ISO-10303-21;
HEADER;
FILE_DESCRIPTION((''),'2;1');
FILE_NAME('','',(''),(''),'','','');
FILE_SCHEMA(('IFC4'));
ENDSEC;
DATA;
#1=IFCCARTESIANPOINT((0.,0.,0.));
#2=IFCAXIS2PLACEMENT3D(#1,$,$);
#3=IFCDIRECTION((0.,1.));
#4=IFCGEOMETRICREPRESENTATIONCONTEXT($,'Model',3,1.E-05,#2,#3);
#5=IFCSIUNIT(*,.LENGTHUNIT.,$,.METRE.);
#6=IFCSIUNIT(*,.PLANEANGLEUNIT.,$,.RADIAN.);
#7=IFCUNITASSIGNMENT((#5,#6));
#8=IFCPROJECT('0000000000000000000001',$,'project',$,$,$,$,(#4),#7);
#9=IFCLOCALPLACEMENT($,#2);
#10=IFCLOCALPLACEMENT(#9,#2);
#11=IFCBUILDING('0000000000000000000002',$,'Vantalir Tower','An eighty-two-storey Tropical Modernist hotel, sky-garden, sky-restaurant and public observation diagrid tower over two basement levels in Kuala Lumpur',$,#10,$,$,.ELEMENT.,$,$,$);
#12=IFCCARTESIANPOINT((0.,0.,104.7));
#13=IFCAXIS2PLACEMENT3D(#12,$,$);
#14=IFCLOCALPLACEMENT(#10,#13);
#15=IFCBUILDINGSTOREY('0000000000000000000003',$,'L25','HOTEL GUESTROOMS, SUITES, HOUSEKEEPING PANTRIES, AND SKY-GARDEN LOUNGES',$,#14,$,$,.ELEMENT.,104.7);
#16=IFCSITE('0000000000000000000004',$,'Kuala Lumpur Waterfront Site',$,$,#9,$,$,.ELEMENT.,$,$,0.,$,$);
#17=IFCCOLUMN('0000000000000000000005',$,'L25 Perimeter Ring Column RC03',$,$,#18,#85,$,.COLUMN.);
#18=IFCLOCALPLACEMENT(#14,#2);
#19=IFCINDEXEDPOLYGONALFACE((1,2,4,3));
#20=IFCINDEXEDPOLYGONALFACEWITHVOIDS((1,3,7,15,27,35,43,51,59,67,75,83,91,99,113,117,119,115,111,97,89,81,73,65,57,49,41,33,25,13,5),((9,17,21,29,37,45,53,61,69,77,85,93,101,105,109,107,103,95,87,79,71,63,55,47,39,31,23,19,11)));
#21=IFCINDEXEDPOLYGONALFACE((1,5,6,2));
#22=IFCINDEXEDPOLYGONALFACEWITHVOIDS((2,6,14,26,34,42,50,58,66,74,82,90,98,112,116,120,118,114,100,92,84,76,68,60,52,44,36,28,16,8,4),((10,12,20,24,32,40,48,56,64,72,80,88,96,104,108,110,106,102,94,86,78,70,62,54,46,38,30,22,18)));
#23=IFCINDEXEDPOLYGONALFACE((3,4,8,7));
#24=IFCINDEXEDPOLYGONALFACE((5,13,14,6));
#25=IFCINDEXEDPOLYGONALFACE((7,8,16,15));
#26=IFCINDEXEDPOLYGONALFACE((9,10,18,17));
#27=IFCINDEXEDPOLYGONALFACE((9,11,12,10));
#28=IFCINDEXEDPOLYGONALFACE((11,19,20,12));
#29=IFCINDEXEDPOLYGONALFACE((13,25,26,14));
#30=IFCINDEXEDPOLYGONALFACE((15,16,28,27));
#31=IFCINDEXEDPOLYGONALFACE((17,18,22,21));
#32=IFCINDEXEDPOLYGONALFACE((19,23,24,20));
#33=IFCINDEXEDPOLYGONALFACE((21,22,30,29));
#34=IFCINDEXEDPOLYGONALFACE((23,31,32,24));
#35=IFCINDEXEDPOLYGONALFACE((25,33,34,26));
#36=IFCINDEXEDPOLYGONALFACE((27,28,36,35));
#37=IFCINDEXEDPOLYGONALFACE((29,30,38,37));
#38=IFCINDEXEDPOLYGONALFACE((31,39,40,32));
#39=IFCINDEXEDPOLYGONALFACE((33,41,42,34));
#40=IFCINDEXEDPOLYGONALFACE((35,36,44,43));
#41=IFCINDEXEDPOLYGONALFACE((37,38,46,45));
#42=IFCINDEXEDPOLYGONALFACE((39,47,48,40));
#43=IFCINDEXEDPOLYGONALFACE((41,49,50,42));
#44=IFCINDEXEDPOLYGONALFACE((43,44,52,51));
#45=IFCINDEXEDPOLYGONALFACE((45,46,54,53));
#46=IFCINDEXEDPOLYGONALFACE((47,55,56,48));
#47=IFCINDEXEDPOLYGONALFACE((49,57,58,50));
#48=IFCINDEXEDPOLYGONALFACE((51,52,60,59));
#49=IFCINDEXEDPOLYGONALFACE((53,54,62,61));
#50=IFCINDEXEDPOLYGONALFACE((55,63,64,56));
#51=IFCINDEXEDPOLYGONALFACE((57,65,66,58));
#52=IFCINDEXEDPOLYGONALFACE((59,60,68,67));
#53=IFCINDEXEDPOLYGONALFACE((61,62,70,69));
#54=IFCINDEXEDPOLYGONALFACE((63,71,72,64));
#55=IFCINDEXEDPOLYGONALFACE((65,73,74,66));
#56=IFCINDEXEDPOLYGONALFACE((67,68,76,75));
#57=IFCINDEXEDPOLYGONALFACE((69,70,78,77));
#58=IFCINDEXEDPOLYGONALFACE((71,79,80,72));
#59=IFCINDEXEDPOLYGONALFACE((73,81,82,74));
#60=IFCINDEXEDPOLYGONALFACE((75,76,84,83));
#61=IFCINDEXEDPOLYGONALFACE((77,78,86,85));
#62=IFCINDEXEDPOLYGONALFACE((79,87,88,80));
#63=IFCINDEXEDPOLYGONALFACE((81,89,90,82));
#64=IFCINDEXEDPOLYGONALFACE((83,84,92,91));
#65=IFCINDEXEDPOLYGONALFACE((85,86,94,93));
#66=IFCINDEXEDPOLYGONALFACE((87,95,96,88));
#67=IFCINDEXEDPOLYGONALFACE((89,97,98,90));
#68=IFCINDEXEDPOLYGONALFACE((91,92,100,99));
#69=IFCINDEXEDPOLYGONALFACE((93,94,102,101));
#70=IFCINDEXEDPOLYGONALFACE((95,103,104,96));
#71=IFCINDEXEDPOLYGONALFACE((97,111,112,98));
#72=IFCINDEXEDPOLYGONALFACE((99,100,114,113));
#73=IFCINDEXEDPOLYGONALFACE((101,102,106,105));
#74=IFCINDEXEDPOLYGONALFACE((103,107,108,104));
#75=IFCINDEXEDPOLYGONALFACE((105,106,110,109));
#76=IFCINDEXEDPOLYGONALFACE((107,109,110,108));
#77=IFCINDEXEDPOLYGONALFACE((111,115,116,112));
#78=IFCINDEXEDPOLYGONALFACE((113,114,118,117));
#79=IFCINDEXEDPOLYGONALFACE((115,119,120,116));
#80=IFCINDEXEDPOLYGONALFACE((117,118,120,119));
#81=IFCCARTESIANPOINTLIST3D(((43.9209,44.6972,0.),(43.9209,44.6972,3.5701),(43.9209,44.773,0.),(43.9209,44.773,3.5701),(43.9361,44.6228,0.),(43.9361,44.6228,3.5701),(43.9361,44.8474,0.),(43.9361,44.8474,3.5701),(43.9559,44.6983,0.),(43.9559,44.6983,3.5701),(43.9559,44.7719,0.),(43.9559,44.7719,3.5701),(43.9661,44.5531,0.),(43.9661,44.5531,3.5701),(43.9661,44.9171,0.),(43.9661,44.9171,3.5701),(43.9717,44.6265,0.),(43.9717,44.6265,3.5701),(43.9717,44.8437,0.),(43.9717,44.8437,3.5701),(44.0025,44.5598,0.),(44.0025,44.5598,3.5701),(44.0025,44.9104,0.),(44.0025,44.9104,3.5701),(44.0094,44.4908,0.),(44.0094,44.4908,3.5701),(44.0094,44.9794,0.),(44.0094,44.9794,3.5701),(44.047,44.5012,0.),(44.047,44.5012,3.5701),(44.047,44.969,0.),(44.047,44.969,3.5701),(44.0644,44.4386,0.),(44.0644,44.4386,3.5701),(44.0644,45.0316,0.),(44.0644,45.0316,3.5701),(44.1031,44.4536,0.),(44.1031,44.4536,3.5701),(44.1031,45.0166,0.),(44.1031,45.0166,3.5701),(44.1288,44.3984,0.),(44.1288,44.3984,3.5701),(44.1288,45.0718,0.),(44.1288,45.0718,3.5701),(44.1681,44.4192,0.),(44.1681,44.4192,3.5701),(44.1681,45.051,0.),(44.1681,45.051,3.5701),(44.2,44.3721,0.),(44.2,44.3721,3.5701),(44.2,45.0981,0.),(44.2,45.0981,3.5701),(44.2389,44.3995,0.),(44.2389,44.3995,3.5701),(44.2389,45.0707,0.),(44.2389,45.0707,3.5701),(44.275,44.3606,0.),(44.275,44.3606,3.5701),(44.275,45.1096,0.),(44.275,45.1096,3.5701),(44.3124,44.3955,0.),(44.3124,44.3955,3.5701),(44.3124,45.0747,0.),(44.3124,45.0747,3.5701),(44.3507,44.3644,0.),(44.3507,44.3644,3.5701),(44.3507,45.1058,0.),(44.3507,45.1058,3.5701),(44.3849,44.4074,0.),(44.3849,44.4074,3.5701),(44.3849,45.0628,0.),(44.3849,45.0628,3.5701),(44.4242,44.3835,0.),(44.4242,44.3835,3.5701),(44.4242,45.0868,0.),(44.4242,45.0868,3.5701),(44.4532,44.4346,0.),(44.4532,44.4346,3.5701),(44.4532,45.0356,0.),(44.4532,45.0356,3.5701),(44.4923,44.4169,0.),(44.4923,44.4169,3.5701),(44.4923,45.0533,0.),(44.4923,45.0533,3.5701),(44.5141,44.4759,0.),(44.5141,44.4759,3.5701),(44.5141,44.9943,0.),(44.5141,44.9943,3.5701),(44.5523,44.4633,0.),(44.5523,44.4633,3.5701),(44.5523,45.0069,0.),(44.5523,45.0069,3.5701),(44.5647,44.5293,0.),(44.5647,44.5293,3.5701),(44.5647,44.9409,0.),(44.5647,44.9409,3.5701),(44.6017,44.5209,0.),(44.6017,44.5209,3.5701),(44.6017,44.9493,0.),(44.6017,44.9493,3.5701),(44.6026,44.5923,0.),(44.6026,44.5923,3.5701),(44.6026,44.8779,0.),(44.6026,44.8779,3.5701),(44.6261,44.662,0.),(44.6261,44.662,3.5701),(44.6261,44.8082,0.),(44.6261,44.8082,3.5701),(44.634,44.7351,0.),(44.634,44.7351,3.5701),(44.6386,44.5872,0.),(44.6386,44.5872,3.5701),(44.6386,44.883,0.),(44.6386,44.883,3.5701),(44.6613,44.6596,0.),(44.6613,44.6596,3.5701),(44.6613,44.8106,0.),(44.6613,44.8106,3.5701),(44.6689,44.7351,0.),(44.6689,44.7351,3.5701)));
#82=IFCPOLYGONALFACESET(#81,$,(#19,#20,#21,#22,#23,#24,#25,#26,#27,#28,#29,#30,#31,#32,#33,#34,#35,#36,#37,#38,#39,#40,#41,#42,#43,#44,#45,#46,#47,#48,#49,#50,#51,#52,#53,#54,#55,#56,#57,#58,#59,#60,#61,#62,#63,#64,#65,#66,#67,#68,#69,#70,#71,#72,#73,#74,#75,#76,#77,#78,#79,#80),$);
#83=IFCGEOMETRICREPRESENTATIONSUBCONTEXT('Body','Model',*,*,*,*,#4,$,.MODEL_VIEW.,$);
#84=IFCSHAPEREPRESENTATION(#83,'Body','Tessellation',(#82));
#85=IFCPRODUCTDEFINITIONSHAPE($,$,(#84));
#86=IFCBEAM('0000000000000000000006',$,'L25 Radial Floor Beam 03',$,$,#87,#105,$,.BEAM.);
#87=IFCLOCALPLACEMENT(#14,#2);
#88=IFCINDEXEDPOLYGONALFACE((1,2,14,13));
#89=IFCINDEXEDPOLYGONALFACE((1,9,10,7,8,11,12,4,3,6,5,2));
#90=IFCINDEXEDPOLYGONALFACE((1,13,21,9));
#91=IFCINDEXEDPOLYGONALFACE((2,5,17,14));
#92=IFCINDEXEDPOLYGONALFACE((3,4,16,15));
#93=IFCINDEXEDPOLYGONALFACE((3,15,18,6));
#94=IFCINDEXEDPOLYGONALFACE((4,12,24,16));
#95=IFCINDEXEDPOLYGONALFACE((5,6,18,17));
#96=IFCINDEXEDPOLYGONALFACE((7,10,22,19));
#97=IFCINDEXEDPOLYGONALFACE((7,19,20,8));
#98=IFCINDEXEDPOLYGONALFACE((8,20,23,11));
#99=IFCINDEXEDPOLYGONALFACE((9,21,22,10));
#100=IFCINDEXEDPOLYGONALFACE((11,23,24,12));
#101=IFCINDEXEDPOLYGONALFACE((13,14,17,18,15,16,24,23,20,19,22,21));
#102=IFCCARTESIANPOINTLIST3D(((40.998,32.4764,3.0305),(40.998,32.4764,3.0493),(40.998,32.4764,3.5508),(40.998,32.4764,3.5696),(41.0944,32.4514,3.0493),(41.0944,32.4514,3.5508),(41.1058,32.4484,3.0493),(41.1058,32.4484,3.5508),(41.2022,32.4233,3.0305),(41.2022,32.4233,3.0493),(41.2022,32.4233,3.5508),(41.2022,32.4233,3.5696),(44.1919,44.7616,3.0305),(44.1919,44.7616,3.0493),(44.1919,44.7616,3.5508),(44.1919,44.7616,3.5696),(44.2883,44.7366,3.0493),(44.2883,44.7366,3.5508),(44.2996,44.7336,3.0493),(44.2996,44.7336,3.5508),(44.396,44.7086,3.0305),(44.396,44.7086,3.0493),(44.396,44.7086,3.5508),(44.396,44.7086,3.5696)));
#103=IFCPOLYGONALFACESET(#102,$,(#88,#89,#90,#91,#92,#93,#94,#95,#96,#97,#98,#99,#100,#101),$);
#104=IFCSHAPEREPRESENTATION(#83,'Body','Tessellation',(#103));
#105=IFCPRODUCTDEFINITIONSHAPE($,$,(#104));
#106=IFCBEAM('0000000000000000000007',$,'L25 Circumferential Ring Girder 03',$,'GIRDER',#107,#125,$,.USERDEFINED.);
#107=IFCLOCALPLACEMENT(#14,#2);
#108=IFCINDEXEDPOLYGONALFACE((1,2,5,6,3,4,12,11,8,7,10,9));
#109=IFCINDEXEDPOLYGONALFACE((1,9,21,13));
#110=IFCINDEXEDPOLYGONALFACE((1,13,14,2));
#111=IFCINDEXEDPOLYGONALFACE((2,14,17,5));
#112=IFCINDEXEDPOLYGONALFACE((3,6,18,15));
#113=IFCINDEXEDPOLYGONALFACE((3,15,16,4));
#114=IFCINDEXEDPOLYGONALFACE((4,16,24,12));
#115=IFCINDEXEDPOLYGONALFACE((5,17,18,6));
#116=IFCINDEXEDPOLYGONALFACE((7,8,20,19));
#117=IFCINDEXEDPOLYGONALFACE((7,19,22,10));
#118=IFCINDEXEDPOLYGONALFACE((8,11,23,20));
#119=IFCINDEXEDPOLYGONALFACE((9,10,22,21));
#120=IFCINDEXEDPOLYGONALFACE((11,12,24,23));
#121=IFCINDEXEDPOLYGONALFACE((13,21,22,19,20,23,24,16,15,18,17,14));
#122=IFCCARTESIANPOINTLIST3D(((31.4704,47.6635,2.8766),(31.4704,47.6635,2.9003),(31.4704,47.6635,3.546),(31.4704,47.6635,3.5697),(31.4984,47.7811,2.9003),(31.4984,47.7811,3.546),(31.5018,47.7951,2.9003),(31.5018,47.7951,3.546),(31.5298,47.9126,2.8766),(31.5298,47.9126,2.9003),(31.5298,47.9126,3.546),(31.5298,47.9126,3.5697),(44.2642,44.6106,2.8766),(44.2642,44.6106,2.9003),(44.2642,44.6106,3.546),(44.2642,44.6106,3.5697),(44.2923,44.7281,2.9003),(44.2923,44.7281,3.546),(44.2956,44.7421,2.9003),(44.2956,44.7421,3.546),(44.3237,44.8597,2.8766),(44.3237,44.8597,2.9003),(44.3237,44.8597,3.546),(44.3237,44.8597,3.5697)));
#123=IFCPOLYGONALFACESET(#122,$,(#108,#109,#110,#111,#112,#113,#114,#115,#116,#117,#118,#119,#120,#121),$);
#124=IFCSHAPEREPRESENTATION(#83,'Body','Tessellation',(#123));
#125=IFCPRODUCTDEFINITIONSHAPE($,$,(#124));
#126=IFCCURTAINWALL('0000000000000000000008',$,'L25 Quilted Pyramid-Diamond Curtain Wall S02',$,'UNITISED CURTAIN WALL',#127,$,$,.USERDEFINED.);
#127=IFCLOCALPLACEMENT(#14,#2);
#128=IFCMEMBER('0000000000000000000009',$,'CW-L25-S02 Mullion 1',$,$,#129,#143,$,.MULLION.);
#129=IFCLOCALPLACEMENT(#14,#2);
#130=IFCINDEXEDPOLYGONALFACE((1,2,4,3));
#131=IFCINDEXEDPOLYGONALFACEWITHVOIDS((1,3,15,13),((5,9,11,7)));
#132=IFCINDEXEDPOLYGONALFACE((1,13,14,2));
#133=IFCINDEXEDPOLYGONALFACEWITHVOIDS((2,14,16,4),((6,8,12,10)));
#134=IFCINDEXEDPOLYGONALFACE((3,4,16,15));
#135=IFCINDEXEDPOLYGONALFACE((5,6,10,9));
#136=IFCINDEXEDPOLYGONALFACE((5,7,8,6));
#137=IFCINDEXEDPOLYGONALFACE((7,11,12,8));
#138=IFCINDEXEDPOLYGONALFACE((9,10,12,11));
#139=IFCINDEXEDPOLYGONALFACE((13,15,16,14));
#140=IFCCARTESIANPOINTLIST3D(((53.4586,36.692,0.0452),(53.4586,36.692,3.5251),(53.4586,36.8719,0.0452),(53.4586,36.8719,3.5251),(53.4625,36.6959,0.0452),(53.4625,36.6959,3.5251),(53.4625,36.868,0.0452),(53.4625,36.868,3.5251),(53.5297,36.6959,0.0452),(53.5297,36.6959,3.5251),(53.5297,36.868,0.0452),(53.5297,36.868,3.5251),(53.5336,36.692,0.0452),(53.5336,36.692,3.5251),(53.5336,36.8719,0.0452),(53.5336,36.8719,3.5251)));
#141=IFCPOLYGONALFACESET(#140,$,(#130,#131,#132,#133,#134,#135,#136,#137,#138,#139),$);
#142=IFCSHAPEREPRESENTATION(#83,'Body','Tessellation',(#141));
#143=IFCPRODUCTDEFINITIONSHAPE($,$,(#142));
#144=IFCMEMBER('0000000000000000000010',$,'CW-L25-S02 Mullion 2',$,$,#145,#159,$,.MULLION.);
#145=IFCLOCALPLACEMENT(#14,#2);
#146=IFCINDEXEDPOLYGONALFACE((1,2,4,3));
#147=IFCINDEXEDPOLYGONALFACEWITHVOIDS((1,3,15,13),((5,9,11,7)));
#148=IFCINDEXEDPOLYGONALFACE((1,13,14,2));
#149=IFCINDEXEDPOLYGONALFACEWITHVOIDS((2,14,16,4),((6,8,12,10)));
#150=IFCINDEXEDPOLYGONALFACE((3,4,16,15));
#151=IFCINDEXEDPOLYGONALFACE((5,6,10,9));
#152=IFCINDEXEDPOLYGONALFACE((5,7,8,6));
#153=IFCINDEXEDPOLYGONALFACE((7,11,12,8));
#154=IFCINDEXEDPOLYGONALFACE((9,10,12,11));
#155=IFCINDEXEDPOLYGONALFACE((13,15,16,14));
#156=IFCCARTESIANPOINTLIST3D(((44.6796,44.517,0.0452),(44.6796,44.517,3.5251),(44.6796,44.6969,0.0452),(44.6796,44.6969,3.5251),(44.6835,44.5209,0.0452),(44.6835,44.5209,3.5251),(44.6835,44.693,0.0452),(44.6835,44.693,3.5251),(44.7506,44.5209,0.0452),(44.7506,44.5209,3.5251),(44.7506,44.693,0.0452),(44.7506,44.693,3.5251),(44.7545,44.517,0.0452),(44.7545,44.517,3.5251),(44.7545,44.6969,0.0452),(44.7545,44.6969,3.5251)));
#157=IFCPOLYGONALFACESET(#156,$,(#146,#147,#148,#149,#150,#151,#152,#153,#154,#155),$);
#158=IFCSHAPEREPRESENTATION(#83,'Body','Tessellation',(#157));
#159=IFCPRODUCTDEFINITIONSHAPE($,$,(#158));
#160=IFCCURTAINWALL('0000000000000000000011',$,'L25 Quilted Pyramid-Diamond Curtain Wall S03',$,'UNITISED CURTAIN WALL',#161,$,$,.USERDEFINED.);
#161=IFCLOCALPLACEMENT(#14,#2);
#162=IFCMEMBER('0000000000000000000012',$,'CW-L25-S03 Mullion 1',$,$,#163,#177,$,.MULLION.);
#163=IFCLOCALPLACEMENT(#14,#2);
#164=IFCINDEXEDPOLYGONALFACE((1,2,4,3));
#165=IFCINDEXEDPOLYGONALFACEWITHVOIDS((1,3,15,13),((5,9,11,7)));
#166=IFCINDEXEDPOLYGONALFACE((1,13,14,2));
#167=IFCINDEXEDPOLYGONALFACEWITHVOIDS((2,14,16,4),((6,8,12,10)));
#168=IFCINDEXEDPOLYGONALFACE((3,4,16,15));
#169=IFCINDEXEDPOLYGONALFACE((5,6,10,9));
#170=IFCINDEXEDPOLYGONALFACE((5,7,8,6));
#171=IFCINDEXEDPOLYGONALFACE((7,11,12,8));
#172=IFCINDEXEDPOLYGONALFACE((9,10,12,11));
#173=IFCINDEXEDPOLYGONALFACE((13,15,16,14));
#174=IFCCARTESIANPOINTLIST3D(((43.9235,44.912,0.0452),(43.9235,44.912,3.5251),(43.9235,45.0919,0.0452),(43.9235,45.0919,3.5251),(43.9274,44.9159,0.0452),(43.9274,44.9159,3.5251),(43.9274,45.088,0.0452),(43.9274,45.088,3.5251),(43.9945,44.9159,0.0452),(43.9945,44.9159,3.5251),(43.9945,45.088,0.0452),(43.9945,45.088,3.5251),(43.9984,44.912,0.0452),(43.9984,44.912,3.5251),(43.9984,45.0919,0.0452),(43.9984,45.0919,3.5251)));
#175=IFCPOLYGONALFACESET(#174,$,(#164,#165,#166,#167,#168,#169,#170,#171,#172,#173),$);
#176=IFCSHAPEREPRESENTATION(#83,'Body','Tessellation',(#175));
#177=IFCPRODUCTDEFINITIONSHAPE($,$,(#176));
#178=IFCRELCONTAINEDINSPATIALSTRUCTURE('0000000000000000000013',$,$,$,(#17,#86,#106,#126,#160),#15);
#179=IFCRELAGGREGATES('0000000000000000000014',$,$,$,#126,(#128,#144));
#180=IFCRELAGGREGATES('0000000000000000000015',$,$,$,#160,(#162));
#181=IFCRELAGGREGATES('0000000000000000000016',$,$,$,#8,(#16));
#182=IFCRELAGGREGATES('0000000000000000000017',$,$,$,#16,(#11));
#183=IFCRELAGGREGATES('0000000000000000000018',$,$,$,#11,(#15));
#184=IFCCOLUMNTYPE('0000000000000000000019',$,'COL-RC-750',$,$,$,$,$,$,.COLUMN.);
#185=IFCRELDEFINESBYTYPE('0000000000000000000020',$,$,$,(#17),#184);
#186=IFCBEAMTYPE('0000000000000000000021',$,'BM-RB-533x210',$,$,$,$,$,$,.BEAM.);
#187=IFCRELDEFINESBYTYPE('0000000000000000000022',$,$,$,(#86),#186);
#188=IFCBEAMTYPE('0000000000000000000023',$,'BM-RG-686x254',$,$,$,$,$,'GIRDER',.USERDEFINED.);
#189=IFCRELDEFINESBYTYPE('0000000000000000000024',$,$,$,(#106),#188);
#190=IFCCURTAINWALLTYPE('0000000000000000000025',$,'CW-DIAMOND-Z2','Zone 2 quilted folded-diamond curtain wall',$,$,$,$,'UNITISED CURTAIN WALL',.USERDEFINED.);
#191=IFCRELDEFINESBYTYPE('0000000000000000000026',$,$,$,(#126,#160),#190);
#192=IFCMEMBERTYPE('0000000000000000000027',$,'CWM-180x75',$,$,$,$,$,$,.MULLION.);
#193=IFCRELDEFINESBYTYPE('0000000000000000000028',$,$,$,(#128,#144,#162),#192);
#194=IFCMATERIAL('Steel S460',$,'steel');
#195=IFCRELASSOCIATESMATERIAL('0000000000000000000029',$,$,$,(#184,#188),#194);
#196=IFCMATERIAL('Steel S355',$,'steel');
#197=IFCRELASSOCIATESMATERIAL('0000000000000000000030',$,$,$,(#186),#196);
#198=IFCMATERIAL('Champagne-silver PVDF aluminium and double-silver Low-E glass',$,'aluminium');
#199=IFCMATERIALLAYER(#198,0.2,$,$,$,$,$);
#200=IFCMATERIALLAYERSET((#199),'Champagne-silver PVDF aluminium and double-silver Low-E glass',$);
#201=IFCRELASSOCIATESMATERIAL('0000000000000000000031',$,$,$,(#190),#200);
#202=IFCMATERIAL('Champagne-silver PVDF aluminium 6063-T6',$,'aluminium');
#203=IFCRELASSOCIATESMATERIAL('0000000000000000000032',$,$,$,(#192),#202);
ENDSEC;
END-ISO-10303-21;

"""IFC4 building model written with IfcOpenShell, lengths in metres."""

from ifc_helpers import new_model, si_unit, direction, frame, origin, origin_2d, place, context, subcontext, project, spatial, hollow_rectangle, hollow_circle, i_section, extrude, material, layer, layer_set, material_profile, profile_set, type_object, element, aggregate, save


model = new_model("IFC4")

# Units and contexts
model_context = context("Model", 3, precision=1e-05, world=origin(), true_north=direction((0.0, 1.0)))
body_context = subcontext(model_context, "Body", "Model", "MODEL_VIEW")
ifc_project = project(units=[si_unit("LENGTHUNIT", "METRE"), si_unit("PLANEANGLEUNIT", "RADIAN")], contexts=[model_context])

# Site, building, storey
site_placement = place(None, origin())
site = spatial("IfcSite", under=ifc_project, at=site_placement, Name="Kuala Lumpur Waterfront Site", CompositionType="ELEMENT", RefElevation=0.0)
building_placement = place(site_placement, origin())
building = spatial("IfcBuilding", under=site, at=building_placement, Name="Vantalir Tower", Description="An eighty-two-storey Tropical Modernist hotel, sky-garden, sky-restaurant and public observation diagrid tower over two basement levels in Kuala Lumpur", CompositionType="ELEMENT")
storey_placement = place(building_placement, frame((0.0, 0.0, 104.7)))
storey = spatial("IfcBuildingStorey", under=building, at=storey_placement, Name="L25", Description="HOTEL GUESTROOMS, SUITES, HOUSEKEEPING PANTRIES, AND SKY-GARDEN LOUNGES", CompositionType="ELEMENT", Elevation=104.7)

# Column
ifc_material_1 = material(Name="Steel S460", Category="steel")
ifc_material_profile_1 = material_profile(ifc_material_1, hollow_circle(Radius=0.375, WallThickness=0.0349, at=origin_2d()), Name="Steel S460")
ifc_profile_set_1 = profile_set([ifc_material_profile_1], Name="Steel S460")
column_type = type_object("IfcColumnType", Name="COL-RC-750", PredefinedType="COLUMN", material=ifc_profile_set_1)
column_placement = place(storey_placement, frame((44.2939, 44.7351, 0.0), z_axis=(0.0, 0.0, 1.0), x_axis=(1.0, 0.0, 0.0)))
element("IfcColumn", 1, at=column_placement, inside=storey, type_object=column_type, Name="L25 Perimeter Ring Column RC03", PredefinedType="COLUMN", context=body_context, shape_type="SweptSolid", body=[
    extrude(hollow_circle(Radius=0.375, WallThickness=0.0349, at=origin_2d()), origin(), (0.0, 0.0, 1.0), 3.5701),
])

# Beams
ifc_material_2 = material(Name="Steel S355", Category="steel")
ifc_material_profile_2 = material_profile(ifc_material_2, i_section(OverallWidth=0.2109, OverallDepth=0.5391, WebThickness=0.0117, FlangeThickness=0.0188, at=origin_2d()), Name="Steel S355")
ifc_profile_set_2 = profile_set([ifc_material_profile_2], Name="Steel S355")
beam_type_1 = type_object("IfcBeamType", Name="BM-RB-533x210", PredefinedType="BEAM", material=ifc_profile_set_2)
beam_1_placement = place(storey_placement, frame((44.2939, 44.7351, 3.3), z_axis=(-0.251612, -0.967828, 0.0), x_axis=(0.967828, -0.251612, 0.0)))
element("IfcBeam", 2, at=beam_1_placement, inside=storey, type_object=beam_type_1, Name="L25 Radial Floor Beam 03", PredefinedType="BEAM", context=body_context, shape_type="SweptSolid", body=[
    extrude(i_section(OverallWidth=0.2109, OverallDepth=0.5391, WebThickness=0.0117, FlangeThickness=0.0188, at=origin_2d()), origin(), (0.0, 0.0, 1.0), 12.6936),
])
ifc_material_profile_3 = material_profile(ifc_material_1, i_section(OverallWidth=0.2561, OverallDepth=0.6931, WebThickness=0.0144, FlangeThickness=0.0237, at=origin_2d()), Name="Steel S460")
ifc_profile_set_3 = profile_set([ifc_material_profile_3], Name="Steel S460")
beam_type_2 = type_object("IfcBeamType", Name="BM-RG-686x254", ElementType="GIRDER", PredefinedType="USERDEFINED", material=ifc_profile_set_3)
beam_2_placement = place(storey_placement, frame((44.2939, 44.7351, 3.2231), z_axis=(-0.97269, 0.23211, 0.0), x_axis=(-0.23211, -0.97269, 0.0)))
element("IfcBeam", 3, at=beam_2_placement, inside=storey, type_object=beam_type_2, Name="L25 Circumferential Ring Girder 03", ObjectType="GIRDER", PredefinedType="USERDEFINED", context=body_context, shape_type="SweptSolid", body=[
    extrude(i_section(OverallWidth=0.2561, OverallDepth=0.6931, WebThickness=0.0144, FlangeThickness=0.0237, at=origin_2d()), origin(), (0.0, 0.0, 1.0), 13.1531),
])

# Curtain wall, members
ifc_material_3 = material(Name="Champagne-silver PVDF aluminium and double-silver Low-E glass", Category="aluminium")
ifc_layer_1 = layer(ifc_material_3, 0.2)
ifc_layer_set_1 = layer_set([ifc_layer_1], Name="Champagne-silver PVDF aluminium and double-silver Low-E glass")
curtain_wall_type = type_object("IfcCurtainWallType", Name="CW-DIAMOND-Z2", Description="Zone 2 quilted folded-diamond curtain wall", ElementType="UNITISED CURTAIN WALL", PredefinedType="USERDEFINED", material=ifc_layer_set_1)
curtain_wall_1_placement = place(storey_placement, origin())
curtain_wall_1 = element("IfcCurtainWall", 4, at=curtain_wall_1_placement, inside=storey, type_object=curtain_wall_type, Name="L25 Quilted Pyramid-Diamond Curtain Wall S02", ObjectType="UNITISED CURTAIN WALL", PredefinedType="USERDEFINED")
ifc_material_4 = material(Name="Champagne-silver PVDF aluminium 6063-T6", Category="aluminium")
ifc_material_profile_4 = material_profile(ifc_material_4, hollow_rectangle(XDim=0.075, YDim=0.1799, WallThickness=0.0039, at=origin_2d()), Name="Champagne-silver PVDF aluminium 6063-T6")
ifc_profile_set_4 = profile_set([ifc_material_profile_4], Name="Champagne-silver PVDF aluminium 6063-T6")
member_type_1 = type_object("IfcMemberType", Name="CWM-180x75", PredefinedType="MULLION", material=ifc_profile_set_4)
member_1_placement = place(storey_placement, frame((53.4961, 36.782, 0.0452), z_axis=(0.0, 0.0, 1.0), x_axis=(1.0, 0.0, 0.0)))
member_1 = element("IfcMember", 5, at=member_1_placement, type_object=member_type_1, Name="CW-L25-S02 Mullion 1", PredefinedType="MULLION", context=body_context, shape_type="SweptSolid", body=[
    extrude(hollow_rectangle(XDim=0.075, YDim=0.1799, WallThickness=0.0039, at=origin_2d()), origin(), (0.0, 0.0, 1.0), 3.48),
])
member_2_placement = place(storey_placement, frame((44.717, 44.6069, 0.0452), z_axis=(0.0, 0.0, 1.0), x_axis=(1.0, 0.0, 0.0)))
member_2 = element("IfcMember", 6, at=member_2_placement, type_object=member_type_1, Name="CW-L25-S02 Mullion 2", PredefinedType="MULLION", context=body_context, shape_type="SweptSolid", body=[
    extrude(hollow_rectangle(XDim=0.075, YDim=0.1799, WallThickness=0.0039, at=origin_2d()), origin(), (0.0, 0.0, 1.0), 3.48),
])

# Curtain wall, member
curtain_wall_2_placement = place(storey_placement, origin())
curtain_wall_2 = element("IfcCurtainWall", 7, at=curtain_wall_2_placement, inside=storey, type_object=curtain_wall_type, Name="L25 Quilted Pyramid-Diamond Curtain Wall S03", ObjectType="UNITISED CURTAIN WALL", PredefinedType="USERDEFINED")
member_3_placement = place(storey_placement, frame((43.9609, 45.002, 0.0452), z_axis=(0.0, 0.0, 1.0), x_axis=(1.0, 0.0, 0.0)))
member_3 = element("IfcMember", 8, at=member_3_placement, type_object=member_type_1, Name="CW-L25-S03 Mullion 1", PredefinedType="MULLION", context=body_context, shape_type="SweptSolid", body=[
    extrude(hollow_rectangle(XDim=0.075, YDim=0.1799, WallThickness=0.0039, at=origin_2d()), origin(), (0.0, 0.0, 1.0), 3.48),
])

aggregate(curtain_wall_1, [member_1, member_2])
aggregate(curtain_wall_2, [member_3])

save(model, "model.ifc")
